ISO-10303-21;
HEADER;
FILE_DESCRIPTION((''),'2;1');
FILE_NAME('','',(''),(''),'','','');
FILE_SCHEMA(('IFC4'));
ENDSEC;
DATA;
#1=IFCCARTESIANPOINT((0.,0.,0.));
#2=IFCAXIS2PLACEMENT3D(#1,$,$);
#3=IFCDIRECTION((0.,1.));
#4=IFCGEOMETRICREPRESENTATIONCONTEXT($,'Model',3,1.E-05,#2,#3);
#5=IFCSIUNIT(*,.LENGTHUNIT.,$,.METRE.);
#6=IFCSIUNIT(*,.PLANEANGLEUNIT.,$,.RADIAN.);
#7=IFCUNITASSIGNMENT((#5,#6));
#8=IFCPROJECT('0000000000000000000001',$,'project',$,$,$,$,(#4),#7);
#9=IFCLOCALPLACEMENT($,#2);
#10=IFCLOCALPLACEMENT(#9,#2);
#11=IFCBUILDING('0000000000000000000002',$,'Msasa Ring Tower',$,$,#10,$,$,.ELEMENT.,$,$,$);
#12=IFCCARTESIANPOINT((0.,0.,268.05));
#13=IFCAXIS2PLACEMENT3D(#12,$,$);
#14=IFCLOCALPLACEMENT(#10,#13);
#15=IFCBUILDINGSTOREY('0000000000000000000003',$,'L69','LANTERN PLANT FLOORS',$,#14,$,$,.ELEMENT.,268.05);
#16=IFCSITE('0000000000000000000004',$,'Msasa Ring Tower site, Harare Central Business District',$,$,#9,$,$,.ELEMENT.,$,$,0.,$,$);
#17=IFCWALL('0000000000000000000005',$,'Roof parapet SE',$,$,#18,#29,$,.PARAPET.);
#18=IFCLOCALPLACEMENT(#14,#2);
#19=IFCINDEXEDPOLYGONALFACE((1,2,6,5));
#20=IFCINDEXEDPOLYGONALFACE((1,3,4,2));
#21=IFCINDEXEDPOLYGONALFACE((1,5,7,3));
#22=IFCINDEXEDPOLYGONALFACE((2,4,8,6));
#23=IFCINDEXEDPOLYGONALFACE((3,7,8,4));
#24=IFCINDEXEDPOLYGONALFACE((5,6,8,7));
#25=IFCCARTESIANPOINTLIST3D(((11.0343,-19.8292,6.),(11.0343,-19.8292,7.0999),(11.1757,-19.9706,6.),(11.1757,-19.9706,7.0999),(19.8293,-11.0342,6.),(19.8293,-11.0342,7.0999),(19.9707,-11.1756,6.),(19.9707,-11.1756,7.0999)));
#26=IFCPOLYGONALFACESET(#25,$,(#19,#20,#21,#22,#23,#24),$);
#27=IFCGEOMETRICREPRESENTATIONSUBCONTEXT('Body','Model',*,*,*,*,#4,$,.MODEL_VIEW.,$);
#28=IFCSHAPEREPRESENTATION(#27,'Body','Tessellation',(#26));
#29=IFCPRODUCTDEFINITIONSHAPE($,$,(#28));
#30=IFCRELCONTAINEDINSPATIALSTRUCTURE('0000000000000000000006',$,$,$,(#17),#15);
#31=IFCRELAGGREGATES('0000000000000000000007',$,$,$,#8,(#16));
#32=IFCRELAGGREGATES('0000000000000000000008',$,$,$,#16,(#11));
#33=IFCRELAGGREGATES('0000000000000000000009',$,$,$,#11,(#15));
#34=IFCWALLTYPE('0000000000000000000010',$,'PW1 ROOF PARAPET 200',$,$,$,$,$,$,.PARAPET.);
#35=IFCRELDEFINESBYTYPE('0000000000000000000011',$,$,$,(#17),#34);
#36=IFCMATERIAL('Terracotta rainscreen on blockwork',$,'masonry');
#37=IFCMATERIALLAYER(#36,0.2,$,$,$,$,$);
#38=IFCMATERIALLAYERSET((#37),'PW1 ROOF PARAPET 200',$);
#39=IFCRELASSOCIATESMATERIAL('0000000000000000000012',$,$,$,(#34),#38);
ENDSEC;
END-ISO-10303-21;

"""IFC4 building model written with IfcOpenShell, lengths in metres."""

from ifc_helpers import new_model, si_unit, direction, frame, frame_2d, origin, place, context, subcontext, project, spatial, rectangle, extrude, material, layer, layer_set, type_object, element, save


model = new_model("IFC4")

# Units and contexts
model_context = context("Model", 3, precision=1e-05, world=origin(), true_north=direction((0.0, 1.0)))
body_context = subcontext(model_context, "Body", "Model", "MODEL_VIEW")
ifc_project = project(units=[si_unit("LENGTHUNIT", "METRE"), si_unit("PLANEANGLEUNIT", "RADIAN")], contexts=[model_context])

# Site, building, storey
site_placement = place(None, origin())
site = spatial("IfcSite", under=ifc_project, at=site_placement, Name="Msasa Ring Tower site, Harare Central Business District", CompositionType="ELEMENT", RefElevation=0.0)
building_placement = place(site_placement, origin())
building = spatial("IfcBuilding", under=site, at=building_placement, Name="Msasa Ring Tower", CompositionType="ELEMENT")
storey_placement = place(building_placement, frame((0.0, 0.0, 268.05)))
storey = spatial("IfcBuildingStorey", under=building, at=storey_placement, Name="L69", Description="LANTERN PLANT FLOORS", CompositionType="ELEMENT", Elevation=268.05)

# Wall
ifc_material_1 = material(Name="Terracotta rainscreen on blockwork", Category="masonry")
ifc_layer_1 = layer(ifc_material_1, 0.2)
ifc_layer_set_1 = layer_set([ifc_layer_1], Name="PW1 ROOF PARAPET 200")
wall_type_1 = type_object("IfcWallType", Name="PW1 ROOF PARAPET 200", PredefinedType="PARAPET", material=ifc_layer_set_1)
wall_1_placement = place(storey_placement, frame((11.105, -19.8999, 6.0), z_axis=(0.0, 0.0, 1.0), x_axis=(0.707107, 0.707107, 0.0)))
element("IfcWall", 1, at=wall_1_placement, inside=storey, type_object=wall_type_1, Name="Roof parapet SE", PredefinedType="PARAPET", context=body_context, shape_type="SweptSolid", body=[
    extrude(rectangle(XDim=12.438, YDim=0.2, at=frame_2d((6.219, 0.0))), origin(), (0.0, 0.0, 1.0), 1.0999),
])

save(model, "model.ifc")
